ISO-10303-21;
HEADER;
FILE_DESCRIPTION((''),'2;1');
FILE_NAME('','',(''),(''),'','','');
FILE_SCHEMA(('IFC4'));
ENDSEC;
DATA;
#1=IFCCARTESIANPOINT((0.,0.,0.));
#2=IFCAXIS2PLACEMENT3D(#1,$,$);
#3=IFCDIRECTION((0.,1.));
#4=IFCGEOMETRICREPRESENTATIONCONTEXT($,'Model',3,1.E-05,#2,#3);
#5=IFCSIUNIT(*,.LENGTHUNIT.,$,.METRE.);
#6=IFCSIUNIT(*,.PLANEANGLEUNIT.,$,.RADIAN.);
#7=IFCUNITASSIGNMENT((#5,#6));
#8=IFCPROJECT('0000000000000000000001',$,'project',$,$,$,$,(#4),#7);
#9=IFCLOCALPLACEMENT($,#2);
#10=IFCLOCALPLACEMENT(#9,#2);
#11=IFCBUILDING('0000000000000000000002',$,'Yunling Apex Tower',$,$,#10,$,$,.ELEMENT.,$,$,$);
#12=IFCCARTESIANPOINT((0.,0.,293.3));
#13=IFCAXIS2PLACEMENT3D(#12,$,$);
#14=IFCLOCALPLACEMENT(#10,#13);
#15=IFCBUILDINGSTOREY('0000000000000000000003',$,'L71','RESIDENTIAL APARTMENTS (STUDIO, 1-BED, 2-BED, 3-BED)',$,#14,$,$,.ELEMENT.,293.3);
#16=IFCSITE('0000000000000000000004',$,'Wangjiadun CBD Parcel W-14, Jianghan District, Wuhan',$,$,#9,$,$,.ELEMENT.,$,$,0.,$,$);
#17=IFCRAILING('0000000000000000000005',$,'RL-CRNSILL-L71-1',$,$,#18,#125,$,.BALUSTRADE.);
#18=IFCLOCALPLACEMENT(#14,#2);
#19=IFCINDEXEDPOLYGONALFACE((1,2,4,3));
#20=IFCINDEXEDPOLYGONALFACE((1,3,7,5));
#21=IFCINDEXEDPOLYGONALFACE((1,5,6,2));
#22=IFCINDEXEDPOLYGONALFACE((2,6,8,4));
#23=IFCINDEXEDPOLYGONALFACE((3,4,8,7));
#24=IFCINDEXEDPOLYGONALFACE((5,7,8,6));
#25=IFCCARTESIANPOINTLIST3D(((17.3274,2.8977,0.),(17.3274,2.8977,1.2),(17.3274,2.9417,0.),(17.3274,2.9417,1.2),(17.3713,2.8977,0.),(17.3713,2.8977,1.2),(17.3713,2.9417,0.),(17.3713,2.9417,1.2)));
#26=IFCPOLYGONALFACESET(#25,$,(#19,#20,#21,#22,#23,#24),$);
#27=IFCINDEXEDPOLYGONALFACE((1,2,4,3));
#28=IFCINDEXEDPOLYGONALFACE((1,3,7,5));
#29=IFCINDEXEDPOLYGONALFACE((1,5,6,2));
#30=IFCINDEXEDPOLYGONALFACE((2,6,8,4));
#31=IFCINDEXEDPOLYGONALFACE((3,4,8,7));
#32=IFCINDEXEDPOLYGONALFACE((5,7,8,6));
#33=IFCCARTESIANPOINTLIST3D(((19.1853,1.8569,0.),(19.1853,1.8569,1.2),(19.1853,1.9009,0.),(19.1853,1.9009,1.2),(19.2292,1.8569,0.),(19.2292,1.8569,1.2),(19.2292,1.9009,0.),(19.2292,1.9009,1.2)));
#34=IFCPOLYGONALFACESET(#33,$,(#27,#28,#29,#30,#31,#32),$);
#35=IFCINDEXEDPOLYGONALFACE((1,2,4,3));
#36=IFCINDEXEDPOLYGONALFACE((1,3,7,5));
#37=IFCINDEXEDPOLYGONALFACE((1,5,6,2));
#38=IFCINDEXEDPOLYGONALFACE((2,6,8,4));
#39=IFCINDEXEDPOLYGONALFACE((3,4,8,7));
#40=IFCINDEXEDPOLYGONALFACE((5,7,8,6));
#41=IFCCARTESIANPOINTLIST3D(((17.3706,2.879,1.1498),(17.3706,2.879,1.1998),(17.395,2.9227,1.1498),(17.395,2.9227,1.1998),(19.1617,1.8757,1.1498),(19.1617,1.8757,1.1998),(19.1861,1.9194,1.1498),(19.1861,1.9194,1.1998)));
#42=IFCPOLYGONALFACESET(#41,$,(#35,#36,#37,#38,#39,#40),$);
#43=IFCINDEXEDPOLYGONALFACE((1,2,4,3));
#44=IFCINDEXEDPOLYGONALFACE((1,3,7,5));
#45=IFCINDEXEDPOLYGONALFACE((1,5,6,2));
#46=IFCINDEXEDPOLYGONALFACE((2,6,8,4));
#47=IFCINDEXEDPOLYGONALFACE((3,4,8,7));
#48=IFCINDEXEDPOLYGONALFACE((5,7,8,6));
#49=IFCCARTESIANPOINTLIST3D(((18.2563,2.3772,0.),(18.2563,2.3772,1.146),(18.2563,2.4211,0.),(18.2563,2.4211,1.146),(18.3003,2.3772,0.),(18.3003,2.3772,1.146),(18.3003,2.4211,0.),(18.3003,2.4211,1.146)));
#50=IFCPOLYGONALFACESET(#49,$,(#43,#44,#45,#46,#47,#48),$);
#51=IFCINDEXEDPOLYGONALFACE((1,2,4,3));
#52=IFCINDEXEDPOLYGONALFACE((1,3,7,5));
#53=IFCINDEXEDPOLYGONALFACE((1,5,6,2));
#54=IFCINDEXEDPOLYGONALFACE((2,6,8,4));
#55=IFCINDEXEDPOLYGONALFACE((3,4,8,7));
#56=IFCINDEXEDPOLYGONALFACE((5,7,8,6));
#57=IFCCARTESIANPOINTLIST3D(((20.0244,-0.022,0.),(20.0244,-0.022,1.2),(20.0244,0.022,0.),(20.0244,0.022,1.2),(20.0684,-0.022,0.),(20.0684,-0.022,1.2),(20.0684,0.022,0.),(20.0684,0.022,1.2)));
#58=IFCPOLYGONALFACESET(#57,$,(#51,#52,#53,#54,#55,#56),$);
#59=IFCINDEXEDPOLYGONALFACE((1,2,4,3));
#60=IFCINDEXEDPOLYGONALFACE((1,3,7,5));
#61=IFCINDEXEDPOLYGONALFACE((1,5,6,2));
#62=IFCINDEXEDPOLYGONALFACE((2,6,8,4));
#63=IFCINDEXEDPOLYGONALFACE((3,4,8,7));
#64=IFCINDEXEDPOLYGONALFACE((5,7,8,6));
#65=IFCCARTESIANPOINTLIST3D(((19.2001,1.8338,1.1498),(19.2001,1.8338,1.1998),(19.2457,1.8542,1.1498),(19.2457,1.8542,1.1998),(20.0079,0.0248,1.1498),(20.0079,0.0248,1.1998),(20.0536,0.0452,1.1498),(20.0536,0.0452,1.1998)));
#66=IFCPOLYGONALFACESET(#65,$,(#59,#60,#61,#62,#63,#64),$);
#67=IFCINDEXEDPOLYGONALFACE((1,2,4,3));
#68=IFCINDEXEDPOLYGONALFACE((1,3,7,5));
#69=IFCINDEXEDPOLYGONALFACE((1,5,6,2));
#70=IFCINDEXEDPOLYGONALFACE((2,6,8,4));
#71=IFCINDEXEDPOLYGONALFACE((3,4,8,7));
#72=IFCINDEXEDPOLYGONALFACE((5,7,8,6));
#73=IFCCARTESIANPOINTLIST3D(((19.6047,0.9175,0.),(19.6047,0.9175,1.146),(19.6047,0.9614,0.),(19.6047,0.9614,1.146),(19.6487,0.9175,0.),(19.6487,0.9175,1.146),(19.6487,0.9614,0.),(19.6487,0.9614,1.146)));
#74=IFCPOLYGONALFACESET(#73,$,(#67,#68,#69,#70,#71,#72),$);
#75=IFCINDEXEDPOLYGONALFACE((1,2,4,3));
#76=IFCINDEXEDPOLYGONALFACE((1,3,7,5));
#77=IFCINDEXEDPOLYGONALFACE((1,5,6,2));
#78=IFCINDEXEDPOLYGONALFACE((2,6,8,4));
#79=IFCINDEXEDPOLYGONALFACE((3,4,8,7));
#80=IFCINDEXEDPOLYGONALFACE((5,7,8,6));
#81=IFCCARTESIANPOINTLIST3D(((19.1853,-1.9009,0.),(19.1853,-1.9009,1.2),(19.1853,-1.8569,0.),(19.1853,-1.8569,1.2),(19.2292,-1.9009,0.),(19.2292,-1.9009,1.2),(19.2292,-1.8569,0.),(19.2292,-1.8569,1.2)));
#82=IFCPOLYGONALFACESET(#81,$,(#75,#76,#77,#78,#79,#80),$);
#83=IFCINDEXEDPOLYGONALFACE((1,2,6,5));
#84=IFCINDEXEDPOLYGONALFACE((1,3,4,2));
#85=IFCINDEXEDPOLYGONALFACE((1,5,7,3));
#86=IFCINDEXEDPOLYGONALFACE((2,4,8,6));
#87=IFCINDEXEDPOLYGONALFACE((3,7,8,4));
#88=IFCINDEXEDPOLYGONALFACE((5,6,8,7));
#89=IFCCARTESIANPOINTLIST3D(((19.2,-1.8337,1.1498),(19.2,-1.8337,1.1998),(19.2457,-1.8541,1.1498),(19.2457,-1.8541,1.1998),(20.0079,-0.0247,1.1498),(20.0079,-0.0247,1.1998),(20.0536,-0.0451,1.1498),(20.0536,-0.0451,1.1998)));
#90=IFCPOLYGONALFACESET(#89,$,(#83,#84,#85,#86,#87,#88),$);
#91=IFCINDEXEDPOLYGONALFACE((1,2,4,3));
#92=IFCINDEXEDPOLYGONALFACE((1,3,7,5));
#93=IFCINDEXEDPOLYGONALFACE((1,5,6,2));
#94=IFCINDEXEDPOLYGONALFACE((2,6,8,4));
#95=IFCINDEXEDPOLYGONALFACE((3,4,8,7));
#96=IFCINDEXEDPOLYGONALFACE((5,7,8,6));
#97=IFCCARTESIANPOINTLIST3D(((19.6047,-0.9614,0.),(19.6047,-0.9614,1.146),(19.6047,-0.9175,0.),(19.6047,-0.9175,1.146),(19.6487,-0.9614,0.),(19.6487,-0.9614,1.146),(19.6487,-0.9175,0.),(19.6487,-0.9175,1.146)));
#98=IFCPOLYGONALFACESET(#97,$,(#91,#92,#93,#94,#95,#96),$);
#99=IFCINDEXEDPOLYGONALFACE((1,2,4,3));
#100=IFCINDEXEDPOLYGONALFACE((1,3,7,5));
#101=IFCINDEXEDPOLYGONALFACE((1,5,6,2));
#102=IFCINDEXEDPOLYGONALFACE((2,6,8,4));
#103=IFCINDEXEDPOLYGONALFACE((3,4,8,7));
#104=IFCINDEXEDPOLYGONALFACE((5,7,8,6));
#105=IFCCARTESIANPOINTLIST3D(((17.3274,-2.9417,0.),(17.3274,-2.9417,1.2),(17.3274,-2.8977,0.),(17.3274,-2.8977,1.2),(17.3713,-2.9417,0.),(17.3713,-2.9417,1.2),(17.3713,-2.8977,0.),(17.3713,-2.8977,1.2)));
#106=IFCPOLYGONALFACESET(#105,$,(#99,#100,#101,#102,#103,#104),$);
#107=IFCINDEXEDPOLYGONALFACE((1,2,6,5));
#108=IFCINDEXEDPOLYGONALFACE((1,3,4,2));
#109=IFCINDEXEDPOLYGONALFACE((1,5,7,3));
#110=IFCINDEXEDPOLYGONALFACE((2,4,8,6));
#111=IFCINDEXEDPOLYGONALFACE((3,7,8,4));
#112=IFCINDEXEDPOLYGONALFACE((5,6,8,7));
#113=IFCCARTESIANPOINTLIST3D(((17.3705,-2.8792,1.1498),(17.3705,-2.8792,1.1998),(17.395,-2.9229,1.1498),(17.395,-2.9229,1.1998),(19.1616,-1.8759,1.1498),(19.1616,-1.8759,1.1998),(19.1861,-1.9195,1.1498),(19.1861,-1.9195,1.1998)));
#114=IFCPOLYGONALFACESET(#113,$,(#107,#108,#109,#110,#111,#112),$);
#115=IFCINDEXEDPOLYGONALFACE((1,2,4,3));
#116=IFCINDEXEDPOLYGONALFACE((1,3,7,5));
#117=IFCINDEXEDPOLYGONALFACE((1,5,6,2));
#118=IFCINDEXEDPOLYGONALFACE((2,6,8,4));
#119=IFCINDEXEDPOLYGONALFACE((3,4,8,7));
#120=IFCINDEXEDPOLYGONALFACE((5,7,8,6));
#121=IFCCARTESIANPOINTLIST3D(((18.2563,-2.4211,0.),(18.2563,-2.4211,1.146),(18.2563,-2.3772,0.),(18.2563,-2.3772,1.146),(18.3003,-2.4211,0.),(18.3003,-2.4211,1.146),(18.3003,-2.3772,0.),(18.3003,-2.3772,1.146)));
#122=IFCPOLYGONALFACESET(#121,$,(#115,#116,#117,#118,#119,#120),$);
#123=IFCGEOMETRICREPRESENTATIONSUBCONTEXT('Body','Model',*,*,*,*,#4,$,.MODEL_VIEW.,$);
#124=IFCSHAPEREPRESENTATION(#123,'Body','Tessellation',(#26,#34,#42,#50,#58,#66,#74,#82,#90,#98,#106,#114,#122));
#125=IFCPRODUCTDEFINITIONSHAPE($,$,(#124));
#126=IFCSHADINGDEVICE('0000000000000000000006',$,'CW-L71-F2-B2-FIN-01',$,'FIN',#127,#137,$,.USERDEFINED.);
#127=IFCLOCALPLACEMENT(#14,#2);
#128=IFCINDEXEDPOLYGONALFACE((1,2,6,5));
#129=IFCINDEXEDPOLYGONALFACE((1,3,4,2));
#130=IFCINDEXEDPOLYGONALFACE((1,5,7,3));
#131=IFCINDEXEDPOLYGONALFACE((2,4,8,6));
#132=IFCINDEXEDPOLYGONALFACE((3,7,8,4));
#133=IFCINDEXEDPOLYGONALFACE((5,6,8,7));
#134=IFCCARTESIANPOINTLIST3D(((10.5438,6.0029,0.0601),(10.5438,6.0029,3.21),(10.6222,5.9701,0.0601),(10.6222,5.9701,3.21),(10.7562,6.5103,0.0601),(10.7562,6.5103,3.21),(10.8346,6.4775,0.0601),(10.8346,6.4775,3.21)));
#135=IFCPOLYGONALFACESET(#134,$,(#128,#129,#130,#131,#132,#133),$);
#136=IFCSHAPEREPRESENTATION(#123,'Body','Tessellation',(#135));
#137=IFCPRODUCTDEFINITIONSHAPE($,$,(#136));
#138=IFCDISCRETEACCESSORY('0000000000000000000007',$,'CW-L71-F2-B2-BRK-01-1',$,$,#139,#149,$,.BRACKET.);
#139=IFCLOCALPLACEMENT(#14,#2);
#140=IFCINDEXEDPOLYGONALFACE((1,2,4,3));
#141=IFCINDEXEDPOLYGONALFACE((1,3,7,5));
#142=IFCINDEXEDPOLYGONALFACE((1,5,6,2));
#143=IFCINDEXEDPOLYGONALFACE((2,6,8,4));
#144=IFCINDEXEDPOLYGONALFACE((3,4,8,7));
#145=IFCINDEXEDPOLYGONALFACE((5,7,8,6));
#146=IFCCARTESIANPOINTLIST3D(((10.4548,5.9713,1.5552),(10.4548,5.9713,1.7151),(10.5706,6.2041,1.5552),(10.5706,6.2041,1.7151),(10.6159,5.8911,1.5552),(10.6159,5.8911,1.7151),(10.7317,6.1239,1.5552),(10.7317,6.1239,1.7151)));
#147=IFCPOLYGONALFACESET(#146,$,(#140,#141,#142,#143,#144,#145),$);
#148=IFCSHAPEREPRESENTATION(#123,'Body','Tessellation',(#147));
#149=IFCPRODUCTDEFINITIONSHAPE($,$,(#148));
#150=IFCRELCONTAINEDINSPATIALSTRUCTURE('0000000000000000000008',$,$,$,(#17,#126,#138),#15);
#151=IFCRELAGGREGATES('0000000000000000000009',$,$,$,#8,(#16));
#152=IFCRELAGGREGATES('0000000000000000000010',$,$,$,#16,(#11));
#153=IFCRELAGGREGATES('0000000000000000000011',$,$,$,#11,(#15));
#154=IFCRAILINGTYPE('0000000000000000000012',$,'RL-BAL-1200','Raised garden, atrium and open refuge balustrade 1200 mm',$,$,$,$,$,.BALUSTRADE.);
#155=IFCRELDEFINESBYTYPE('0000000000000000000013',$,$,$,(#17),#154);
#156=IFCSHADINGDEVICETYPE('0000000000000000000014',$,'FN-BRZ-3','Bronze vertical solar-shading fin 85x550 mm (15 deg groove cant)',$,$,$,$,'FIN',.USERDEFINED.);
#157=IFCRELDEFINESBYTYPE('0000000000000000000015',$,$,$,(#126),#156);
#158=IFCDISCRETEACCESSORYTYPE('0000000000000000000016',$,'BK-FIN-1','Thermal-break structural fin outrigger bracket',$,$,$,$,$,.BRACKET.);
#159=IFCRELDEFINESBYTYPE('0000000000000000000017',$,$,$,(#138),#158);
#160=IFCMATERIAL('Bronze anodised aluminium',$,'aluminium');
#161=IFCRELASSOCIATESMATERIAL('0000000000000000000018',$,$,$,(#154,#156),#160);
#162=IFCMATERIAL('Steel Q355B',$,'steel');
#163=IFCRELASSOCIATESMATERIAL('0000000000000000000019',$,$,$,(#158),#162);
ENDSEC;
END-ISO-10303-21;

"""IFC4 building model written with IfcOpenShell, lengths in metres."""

from ifc_helpers import new_model, si_unit, direction, frame, origin, origin_2d, place, context, subcontext, project, spatial, rectangle, extrude, source, transform, mapped, material, material_profile, profile_set, type_object, element, save


model = new_model("IFC4")

# Units and contexts
model_context = context("Model", 3, precision=1e-05, world=origin(), true_north=direction((0.0, 1.0)))
body_context = subcontext(model_context, "Body", "Model", "MODEL_VIEW")
ifc_project = project(units=[si_unit("LENGTHUNIT", "METRE"), si_unit("PLANEANGLEUNIT", "RADIAN")], contexts=[model_context])

# Site, building, storey
site_placement = place(None, origin())
site = spatial("IfcSite", under=ifc_project, at=site_placement, Name="Wangjiadun CBD Parcel W-14, Jianghan District, Wuhan", CompositionType="ELEMENT", RefElevation=0.0)
building_placement = place(site_placement, origin())
building = spatial("IfcBuilding", under=site, at=building_placement, Name="Yunling Apex Tower", CompositionType="ELEMENT")
storey_placement = place(building_placement, frame((0.0, 0.0, 293.3)))
storey = spatial("IfcBuildingStorey", under=building, at=storey_placement, Name="L71", Description="RESIDENTIAL APARTMENTS (STUDIO, 1-BED, 2-BED, 3-BED)", CompositionType="ELEMENT", Elevation=293.3)

# Shared definitions
ifc_material_1 = material(Name="Steel Q355B", Category="steel")

# Shared definitions
ifc_material_2 = material(Name="Bronze anodised aluminium", Category="aluminium")

# Railing
railing_type = type_object("IfcRailingType", Name="RL-BAL-1200", Description="Raised garden, atrium and open refuge balustrade 1200 mm", PredefinedType="BALUSTRADE", material=ifc_material_2)
railing_placement = place(storey_placement, frame((17.3494, 2.9197, 0.0)))
element("IfcRailing", 1, at=railing_placement, inside=storey, type_object=railing_type, Name="RL-CRNSILL-L71-1", PredefinedType="BALUSTRADE", context=body_context, shape_type="SweptSolid", body=[
    extrude(rectangle(XDim=0.0439, YDim=0.0439, at=origin_2d()), origin(), (0.0, 0.0, 1.0), 1.2),
    extrude(rectangle(XDim=0.0439, YDim=0.0439, at=origin_2d()), frame((1.8579, -1.0408, 0.0)), (0.0, 0.0, 1.0), 1.2),
    extrude(rectangle(XDim=0.05, YDim=0.05, at=origin_2d()), frame((0.0334, -0.0188, 1.1748), z_axis=(0.872438, -0.488726, 0.0), x_axis=(0.488726, 0.872438, 0.0)), (0.0, 0.0, 1.0), 2.053),
    extrude(rectangle(XDim=0.0439, YDim=0.0439, at=origin_2d()), frame((0.929, -0.5205, 0.0)), (0.0, 0.0, 1.0), 1.146),
    extrude(rectangle(XDim=0.0439, YDim=0.0439, at=origin_2d()), frame((2.697, -2.9197, 0.0)), (0.0, 0.0, 1.0), 1.2),
    extrude(rectangle(XDim=0.05, YDim=0.05, at=origin_2d()), frame((1.8735, -1.0757, 1.1748), z_axis=(0.407778, -0.913081, 0.0), x_axis=(0.913081, 0.407778, 0.0)), (0.0, 0.0, 1.0), 1.9812),
    extrude(rectangle(XDim=0.0439, YDim=0.0439, at=origin_2d()), frame((2.2773, -1.9802, 0.0)), (0.0, 0.0, 1.0), 1.146),
    extrude(rectangle(XDim=0.0439, YDim=0.0439, at=origin_2d()), frame((1.8579, -4.7986, 0.0)), (0.0, 0.0, 1.0), 1.2),
    extrude(rectangle(XDim=0.05, YDim=0.05, at=origin_2d()), frame((2.6814, -2.9546, 1.1748), z_axis=(-0.407778, -0.913081, 0.0), x_axis=(0.913081, -0.407778, 0.0)), (0.0, 0.0, 1.0), 1.9812),
    extrude(rectangle(XDim=0.0439, YDim=0.0439, at=origin_2d()), frame((2.2773, -3.8591, 0.0)), (0.0, 0.0, 1.0), 1.146),
    extrude(rectangle(XDim=0.0439, YDim=0.0439, at=origin_2d()), frame((0.0, -5.8394, 0.0)), (0.0, 0.0, 1.0), 1.2),
    extrude(rectangle(XDim=0.05, YDim=0.05, at=origin_2d()), frame((1.8245, -4.8174, 1.1748), z_axis=(-0.872438, -0.488726, 0.0), x_axis=(0.488726, -0.872438, 0.0)), (0.0, 0.0, 1.0), 2.053),
    extrude(rectangle(XDim=0.0439, YDim=0.0439, at=origin_2d()), frame((0.929, -5.3188, 0.0)), (0.0, 0.0, 1.0), 1.146),
])

# Shading device
ifc_material_profile_1 = material_profile(ifc_material_2, rectangle(XDim=0.085, YDim=0.55, at=origin_2d()))
ifc_profile_set_1 = profile_set([ifc_material_profile_1], Name="Bronze anodised aluminium")
shading_device_type = type_object("IfcShadingDeviceType", Name="FN-BRZ-3", Description="Bronze vertical solar-shading fin 85x550 mm (15 deg groove cant)", ElementType="FIN", PredefinedType="USERDEFINED", material=ifc_profile_set_1)
shared_shape_1 = source(origin(), body_context, "Body", "SweptSolid", [
    extrude(rectangle(XDim=0.085, YDim=0.55, at=origin_2d()), origin(), (0.0, 0.0, 1.0), 3.1499),
])
shading_device_placement = place(storey_placement, frame((10.6892, 6.2402, 0.0601), z_axis=(0.0, 0.0, 1.0), x_axis=(-0.922471, 0.386067, 0.0)))
element("IfcShadingDevice", 2, at=shading_device_placement, inside=storey, type_object=shading_device_type, Name="CW-L71-F2-B2-FIN-01", ObjectType="FIN", PredefinedType="USERDEFINED", context=body_context, shape_type="MappedRepresentation", body=[
    mapped(shared_shape_1, transform((0.0, 0.0, 0.0), scale=1.0)),
])

# Discrete accessory
discrete_accessory_type = type_object("IfcDiscreteAccessoryType", Name="BK-FIN-1", Description="Thermal-break structural fin outrigger bracket", PredefinedType="BRACKET", material=ifc_material_1)
shared_shape_2 = source(origin(), body_context, "Body", "SweptSolid", [
    extrude(rectangle(XDim=0.1799, YDim=0.26, at=origin_2d()), origin(), (0.0, 0.0, 1.0), 0.1599),
])
discrete_accessory_placement = place(storey_placement, frame((10.5933, 6.0476, 1.5552), z_axis=(0.0, 0.0, 1.0), x_axis=(-0.895246, 0.445573, 0.0)))
element("IfcDiscreteAccessory", 3, at=discrete_accessory_placement, inside=storey, type_object=discrete_accessory_type, Name="CW-L71-F2-B2-BRK-01-1", PredefinedType="BRACKET", context=body_context, shape_type="MappedRepresentation", body=[
    mapped(shared_shape_2, transform((0.0, 0.0, 0.0), scale=1.0)),
])

save(model, "model.ifc")
